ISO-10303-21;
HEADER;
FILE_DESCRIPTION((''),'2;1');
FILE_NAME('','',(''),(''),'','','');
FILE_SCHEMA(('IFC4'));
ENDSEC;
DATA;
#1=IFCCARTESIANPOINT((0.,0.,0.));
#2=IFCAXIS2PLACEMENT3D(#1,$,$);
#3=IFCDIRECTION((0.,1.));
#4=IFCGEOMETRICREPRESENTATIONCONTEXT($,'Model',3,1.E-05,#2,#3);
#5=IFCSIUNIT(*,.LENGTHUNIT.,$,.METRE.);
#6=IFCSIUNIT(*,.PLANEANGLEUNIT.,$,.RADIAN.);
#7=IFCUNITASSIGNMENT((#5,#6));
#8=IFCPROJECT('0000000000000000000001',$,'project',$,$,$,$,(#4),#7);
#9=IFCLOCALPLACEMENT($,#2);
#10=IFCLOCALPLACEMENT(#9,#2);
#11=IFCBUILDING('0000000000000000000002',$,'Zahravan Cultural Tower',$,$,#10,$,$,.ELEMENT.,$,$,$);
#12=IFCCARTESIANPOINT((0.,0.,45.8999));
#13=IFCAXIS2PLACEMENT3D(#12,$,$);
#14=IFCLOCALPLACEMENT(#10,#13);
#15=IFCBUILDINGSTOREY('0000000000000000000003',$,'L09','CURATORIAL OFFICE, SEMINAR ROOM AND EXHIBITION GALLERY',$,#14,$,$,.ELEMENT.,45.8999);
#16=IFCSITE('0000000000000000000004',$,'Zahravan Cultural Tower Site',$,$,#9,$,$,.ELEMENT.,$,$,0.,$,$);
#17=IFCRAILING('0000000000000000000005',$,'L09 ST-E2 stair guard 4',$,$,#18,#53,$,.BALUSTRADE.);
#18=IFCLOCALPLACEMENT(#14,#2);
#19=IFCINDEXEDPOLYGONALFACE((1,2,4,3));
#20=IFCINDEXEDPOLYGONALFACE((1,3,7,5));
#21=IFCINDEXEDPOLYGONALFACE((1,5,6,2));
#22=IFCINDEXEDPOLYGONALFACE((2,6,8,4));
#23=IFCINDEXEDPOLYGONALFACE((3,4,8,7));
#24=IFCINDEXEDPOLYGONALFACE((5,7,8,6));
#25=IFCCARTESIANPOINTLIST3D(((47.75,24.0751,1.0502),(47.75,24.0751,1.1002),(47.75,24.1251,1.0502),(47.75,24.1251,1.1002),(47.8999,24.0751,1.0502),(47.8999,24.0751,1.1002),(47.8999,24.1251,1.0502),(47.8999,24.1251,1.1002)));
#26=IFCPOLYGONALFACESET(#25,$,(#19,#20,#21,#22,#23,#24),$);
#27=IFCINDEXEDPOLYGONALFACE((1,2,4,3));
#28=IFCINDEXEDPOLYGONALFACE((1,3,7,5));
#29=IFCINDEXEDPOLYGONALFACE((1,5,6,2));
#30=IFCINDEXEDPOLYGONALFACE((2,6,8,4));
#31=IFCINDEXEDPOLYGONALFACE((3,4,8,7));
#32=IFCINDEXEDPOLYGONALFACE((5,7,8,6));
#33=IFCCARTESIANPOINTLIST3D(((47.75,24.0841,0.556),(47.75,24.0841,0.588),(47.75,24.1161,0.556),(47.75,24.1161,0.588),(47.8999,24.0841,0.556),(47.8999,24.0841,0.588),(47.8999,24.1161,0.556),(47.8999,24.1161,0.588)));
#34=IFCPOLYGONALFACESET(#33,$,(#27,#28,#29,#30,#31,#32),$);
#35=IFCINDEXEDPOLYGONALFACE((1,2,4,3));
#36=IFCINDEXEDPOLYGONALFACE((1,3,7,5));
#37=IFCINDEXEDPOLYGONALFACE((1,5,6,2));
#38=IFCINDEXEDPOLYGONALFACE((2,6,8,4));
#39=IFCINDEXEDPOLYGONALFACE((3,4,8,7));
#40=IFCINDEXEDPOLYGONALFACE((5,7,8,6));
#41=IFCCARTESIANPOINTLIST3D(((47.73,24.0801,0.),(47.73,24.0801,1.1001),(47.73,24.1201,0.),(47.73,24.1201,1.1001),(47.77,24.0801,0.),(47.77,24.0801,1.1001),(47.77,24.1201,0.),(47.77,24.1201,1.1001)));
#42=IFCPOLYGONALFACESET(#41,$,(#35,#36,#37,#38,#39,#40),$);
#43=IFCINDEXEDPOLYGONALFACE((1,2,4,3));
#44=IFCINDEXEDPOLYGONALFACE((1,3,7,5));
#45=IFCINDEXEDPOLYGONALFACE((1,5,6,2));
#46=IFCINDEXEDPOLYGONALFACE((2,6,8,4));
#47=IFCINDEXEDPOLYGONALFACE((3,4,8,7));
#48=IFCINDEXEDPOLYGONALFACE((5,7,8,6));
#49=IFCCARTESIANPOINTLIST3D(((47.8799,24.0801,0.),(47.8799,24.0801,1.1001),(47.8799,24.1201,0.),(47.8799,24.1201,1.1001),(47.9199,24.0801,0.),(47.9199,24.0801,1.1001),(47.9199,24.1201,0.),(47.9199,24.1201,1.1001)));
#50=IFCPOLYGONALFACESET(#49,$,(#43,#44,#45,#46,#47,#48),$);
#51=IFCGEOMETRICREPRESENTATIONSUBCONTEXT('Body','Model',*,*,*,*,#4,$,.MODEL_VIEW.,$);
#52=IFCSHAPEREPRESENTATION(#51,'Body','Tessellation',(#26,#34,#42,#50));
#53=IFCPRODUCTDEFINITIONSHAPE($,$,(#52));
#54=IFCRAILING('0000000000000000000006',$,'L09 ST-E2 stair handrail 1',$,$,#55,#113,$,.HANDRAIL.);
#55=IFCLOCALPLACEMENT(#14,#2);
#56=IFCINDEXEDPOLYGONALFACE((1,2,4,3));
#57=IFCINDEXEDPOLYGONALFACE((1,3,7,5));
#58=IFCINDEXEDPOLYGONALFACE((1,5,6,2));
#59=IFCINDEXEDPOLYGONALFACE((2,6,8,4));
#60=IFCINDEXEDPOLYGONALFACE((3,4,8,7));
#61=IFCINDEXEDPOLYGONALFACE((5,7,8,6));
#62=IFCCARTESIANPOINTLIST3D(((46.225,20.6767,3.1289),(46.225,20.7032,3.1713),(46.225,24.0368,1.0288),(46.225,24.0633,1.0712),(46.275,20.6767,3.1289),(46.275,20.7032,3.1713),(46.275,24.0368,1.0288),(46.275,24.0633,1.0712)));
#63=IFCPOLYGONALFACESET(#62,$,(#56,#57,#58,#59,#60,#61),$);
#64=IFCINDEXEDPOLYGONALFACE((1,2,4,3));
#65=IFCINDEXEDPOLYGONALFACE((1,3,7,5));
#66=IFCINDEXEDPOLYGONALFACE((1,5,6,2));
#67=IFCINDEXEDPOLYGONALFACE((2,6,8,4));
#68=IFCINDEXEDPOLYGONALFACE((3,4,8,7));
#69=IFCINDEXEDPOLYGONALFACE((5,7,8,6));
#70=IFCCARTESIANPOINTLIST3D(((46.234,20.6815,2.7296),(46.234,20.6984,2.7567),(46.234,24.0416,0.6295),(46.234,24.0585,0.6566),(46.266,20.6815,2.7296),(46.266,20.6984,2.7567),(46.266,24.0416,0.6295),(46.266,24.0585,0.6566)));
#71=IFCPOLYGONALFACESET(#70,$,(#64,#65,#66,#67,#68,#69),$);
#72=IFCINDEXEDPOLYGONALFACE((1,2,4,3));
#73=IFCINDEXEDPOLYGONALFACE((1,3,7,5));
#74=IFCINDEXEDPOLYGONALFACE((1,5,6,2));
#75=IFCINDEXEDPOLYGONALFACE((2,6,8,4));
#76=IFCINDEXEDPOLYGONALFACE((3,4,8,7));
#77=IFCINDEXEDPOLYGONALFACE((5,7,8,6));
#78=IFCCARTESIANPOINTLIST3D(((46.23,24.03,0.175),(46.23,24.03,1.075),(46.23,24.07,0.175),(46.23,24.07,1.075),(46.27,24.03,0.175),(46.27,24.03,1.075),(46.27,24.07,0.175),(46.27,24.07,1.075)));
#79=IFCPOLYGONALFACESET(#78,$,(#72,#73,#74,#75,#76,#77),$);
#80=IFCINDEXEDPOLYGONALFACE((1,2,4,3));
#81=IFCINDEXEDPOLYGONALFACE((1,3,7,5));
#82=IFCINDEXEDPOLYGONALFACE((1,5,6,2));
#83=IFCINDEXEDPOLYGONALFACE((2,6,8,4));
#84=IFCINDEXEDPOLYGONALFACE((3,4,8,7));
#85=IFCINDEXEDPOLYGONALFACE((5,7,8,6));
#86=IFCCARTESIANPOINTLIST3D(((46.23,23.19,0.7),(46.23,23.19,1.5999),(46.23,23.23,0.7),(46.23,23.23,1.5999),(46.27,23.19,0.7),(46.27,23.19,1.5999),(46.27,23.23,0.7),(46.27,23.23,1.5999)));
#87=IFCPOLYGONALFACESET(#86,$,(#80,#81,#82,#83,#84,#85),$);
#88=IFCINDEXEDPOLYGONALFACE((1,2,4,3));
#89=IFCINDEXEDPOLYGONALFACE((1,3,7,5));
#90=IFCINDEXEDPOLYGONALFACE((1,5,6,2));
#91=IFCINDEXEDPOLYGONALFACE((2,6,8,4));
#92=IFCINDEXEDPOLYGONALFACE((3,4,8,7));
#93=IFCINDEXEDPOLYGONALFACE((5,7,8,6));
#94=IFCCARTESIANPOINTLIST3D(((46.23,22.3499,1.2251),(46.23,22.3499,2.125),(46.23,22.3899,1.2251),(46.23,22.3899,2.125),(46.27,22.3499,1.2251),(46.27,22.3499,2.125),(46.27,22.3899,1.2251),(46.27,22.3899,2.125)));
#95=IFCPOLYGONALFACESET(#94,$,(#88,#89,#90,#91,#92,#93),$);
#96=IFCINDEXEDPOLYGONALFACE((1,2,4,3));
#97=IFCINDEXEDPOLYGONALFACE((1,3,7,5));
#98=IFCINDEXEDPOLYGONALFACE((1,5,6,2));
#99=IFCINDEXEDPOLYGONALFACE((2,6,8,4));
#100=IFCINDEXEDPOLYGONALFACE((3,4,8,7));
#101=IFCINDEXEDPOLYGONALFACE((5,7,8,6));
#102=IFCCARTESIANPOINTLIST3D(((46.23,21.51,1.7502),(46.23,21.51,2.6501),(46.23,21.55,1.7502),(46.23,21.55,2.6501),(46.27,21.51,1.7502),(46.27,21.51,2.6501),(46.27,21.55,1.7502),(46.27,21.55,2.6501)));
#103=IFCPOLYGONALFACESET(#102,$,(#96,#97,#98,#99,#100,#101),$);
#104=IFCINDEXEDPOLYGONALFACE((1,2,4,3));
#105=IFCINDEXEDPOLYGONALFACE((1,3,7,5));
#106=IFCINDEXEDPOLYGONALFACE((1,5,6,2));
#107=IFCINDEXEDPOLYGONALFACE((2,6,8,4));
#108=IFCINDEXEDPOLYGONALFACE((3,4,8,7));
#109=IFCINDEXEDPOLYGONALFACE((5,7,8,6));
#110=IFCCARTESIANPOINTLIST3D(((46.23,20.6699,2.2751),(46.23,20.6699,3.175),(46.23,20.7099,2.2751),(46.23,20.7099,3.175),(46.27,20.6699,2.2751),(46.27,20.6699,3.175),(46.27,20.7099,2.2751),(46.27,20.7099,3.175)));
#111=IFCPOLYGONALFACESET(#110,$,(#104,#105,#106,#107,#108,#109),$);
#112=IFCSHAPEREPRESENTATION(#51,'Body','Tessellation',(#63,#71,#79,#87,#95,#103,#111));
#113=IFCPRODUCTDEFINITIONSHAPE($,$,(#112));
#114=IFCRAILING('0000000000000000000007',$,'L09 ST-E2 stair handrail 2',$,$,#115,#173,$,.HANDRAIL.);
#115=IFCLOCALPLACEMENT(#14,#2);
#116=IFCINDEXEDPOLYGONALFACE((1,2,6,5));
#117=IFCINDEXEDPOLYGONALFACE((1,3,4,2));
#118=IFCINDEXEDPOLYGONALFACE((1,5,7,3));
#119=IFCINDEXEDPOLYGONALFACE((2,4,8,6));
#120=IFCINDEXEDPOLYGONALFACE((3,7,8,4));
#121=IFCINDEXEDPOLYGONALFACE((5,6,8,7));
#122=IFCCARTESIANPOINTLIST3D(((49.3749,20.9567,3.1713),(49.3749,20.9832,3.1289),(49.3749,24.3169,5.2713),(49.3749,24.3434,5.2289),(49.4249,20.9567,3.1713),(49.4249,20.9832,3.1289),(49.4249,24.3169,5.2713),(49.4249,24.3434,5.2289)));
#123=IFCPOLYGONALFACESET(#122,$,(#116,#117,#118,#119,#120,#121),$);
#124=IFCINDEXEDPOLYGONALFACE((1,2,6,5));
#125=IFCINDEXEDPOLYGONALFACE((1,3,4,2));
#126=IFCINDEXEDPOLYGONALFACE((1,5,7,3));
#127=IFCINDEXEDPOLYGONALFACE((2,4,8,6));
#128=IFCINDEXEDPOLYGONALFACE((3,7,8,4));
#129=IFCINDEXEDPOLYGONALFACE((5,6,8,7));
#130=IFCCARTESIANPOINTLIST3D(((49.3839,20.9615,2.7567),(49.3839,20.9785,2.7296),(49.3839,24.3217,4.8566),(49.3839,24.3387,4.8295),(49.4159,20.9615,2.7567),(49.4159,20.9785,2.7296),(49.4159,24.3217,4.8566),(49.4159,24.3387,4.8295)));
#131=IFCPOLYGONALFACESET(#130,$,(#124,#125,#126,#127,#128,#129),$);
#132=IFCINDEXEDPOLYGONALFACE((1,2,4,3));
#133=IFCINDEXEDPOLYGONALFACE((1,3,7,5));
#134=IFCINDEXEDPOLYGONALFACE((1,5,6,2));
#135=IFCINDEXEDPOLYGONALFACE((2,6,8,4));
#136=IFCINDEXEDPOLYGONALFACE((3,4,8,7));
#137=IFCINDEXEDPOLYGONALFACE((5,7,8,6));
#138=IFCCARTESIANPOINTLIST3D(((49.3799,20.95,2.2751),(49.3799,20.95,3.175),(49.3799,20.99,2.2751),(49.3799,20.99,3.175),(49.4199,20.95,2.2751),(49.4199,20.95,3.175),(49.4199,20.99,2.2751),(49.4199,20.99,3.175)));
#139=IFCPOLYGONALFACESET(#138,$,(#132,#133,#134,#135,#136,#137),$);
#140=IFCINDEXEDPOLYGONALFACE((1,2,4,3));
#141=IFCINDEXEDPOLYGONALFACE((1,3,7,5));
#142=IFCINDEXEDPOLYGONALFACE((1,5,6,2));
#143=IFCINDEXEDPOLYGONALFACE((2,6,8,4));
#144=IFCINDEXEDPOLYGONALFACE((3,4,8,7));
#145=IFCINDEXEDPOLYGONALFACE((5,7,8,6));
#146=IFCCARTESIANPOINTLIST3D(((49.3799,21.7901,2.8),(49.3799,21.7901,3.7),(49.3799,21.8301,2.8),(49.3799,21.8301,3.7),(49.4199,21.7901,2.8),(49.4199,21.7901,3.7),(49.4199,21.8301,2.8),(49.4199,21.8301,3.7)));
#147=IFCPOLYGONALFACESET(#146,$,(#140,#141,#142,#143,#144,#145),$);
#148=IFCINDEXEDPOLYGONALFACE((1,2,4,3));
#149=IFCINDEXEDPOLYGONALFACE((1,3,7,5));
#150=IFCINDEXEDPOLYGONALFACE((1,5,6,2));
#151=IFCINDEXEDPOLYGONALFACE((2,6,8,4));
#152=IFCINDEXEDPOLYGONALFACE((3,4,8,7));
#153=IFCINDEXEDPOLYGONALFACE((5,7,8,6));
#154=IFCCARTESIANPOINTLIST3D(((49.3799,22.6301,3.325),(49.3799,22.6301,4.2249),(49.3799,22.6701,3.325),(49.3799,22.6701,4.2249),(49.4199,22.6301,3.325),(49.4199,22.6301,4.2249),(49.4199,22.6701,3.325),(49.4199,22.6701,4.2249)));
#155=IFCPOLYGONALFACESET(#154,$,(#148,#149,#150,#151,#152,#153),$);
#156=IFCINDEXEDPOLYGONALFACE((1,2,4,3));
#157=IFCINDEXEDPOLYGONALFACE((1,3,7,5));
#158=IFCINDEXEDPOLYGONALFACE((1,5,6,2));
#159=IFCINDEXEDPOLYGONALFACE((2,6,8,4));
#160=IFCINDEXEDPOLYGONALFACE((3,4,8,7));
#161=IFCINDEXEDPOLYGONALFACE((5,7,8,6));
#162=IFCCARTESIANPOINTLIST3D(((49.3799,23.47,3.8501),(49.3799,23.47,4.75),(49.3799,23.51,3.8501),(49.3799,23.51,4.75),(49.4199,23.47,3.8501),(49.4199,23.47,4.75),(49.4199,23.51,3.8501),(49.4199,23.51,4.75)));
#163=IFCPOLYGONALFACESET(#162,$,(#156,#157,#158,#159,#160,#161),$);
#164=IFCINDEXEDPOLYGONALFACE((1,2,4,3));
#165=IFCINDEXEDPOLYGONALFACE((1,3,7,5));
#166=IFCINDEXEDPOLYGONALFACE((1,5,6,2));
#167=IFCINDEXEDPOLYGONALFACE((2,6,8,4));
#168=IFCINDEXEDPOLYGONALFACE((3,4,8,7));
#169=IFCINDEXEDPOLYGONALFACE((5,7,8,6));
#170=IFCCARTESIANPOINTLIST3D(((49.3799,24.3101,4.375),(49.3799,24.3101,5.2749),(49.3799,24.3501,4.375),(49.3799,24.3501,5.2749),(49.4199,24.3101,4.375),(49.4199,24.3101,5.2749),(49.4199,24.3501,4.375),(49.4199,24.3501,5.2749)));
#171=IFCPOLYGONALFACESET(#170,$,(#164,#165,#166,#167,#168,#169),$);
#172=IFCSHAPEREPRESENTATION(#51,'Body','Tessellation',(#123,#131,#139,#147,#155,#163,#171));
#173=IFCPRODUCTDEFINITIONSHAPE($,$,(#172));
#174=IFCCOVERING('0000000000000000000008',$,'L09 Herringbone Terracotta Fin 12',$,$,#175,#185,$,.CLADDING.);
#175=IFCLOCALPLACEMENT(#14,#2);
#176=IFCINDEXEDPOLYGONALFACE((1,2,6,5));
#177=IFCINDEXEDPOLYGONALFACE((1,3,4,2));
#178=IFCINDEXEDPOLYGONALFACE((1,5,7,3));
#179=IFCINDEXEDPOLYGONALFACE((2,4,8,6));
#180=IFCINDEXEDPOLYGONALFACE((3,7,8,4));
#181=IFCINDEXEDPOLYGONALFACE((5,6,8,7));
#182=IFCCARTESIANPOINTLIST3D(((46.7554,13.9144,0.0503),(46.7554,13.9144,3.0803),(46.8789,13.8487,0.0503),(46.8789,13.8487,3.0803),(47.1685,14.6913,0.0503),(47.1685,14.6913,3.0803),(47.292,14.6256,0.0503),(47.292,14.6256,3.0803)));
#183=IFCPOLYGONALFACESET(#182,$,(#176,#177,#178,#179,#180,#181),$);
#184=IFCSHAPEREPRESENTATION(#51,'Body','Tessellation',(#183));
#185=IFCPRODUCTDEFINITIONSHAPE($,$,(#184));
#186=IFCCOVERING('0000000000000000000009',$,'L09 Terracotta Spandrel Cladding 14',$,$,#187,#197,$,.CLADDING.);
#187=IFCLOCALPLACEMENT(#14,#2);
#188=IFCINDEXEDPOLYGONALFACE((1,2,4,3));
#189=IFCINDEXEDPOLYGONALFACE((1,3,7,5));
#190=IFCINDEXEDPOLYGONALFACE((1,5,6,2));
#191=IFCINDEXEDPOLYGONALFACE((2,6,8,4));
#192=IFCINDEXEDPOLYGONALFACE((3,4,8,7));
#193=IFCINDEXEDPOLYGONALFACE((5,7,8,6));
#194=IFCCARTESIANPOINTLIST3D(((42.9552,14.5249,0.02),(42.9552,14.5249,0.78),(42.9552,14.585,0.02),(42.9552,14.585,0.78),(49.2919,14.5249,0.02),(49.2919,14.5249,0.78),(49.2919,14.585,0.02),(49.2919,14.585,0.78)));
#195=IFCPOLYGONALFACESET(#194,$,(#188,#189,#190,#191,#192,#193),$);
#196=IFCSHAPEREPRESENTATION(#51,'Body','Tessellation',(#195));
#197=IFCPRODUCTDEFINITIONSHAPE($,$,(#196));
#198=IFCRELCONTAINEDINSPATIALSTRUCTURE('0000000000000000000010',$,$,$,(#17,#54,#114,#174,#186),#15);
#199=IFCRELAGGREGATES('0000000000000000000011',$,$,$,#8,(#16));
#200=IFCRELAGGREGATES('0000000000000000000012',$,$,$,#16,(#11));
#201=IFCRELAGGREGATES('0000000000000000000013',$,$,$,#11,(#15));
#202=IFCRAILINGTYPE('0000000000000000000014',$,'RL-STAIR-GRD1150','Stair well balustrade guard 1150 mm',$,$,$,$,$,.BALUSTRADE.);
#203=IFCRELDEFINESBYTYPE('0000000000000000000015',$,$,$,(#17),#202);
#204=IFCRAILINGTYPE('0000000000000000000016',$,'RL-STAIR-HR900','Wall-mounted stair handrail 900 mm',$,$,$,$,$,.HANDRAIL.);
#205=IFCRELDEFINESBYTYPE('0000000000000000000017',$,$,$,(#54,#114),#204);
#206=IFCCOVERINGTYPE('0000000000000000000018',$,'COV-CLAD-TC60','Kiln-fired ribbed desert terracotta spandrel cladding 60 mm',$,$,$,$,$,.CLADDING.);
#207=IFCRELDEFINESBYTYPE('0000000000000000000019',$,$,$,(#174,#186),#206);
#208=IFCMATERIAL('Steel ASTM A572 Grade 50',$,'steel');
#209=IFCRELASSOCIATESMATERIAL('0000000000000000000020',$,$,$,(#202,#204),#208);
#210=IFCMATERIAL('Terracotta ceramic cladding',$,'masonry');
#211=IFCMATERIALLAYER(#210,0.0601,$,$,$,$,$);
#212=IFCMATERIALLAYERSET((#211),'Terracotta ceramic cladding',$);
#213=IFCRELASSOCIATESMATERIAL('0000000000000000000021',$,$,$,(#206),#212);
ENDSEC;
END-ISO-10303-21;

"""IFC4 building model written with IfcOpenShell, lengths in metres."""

from ifc_helpers import new_model, si_unit, direction, frame, origin, origin_2d, place, context, subcontext, project, spatial, rectangle, extrude, source, transform, mapped, material, layer, layer_set, type_object, element, save


model = new_model("IFC4")

# Units and contexts
model_context = context("Model", 3, precision=1e-05, world=origin(), true_north=direction((0.0, 1.0)))
body_context = subcontext(model_context, "Body", "Model", "MODEL_VIEW")
ifc_project = project(units=[si_unit("LENGTHUNIT", "METRE"), si_unit("PLANEANGLEUNIT", "RADIAN")], contexts=[model_context])

# Site, building, storey
site_placement = place(None, origin())
site = spatial("IfcSite", under=ifc_project, at=site_placement, Name="Zahravan Cultural Tower Site", CompositionType="ELEMENT", RefElevation=0.0)
building_placement = place(site_placement, origin())
building = spatial("IfcBuilding", under=site, at=building_placement, Name="Zahravan Cultural Tower", CompositionType="ELEMENT")
storey_placement = place(building_placement, frame((0.0, 0.0, 45.8999)))
storey = spatial("IfcBuildingStorey", under=building, at=storey_placement, Name="L09", Description="CURATORIAL OFFICE, SEMINAR ROOM AND EXHIBITION GALLERY", CompositionType="ELEMENT", Elevation=45.8999)

# Shared definitions
ifc_material_1 = material(Name="Steel ASTM A572 Grade 50", Category="steel")

# Railings
railing_type_1 = type_object("IfcRailingType", Name="RL-STAIR-GRD1150", Description="Stair well balustrade guard 1150 mm", PredefinedType="BALUSTRADE", material=ifc_material_1)
railing_1_placement = place(storey_placement, frame((47.75, 24.1001, 0.0)))
element("IfcRailing", 1, at=railing_1_placement, inside=storey, type_object=railing_type_1, Name="L09 ST-E2 stair guard 4", PredefinedType="BALUSTRADE", context=body_context, shape_type="SweptSolid", body=[
    extrude(rectangle(XDim=0.05, YDim=0.05, at=origin_2d()), frame((0.0, 0.0, 1.0752), z_axis=(1.0, 0.0, 0.0), x_axis=(0.0, 1.0, 0.0)), (0.0, 0.0, 1.0), 0.1499),
    extrude(rectangle(XDim=0.032, YDim=0.032, at=origin_2d()), frame((0.0, 0.0, 0.572), z_axis=(1.0, 0.0, 0.0), x_axis=(0.0, 1.0, 0.0)), (0.0, 0.0, 1.0), 0.1499),
    extrude(rectangle(XDim=0.04, YDim=0.04, at=origin_2d()), origin(), (0.0, 0.0, 1.0), 1.1001),
    extrude(rectangle(XDim=0.04, YDim=0.04, at=origin_2d()), frame((0.1499, 0.0, 0.0)), (0.0, 0.0, 1.0), 1.1001),
])
railing_type_2 = type_object("IfcRailingType", Name="RL-STAIR-HR900", Description="Wall-mounted stair handrail 900 mm", PredefinedType="HANDRAIL", material=ifc_material_1)
railing_2_placement = place(storey_placement, frame((46.25, 24.05, 0.175)))
element("IfcRailing", 2, at=railing_2_placement, inside=storey, type_object=railing_type_2, Name="L09 ST-E2 stair handrail 1", PredefinedType="HANDRAIL", context=body_context, shape_type="SweptSolid", body=[
    extrude(rectangle(XDim=0.05, YDim=0.05, at=origin_2d()), frame((0.0, 0.0, 0.875), z_axis=(0.0, -0.847995, 0.530004), x_axis=(1.0, 0.0, 0.0)), (0.0, 0.0, 1.0), 3.9624),
    extrude(rectangle(XDim=0.032, YDim=0.032, at=origin_2d()), frame((0.0, 0.0, 0.468), z_axis=(0.0, -0.847995, 0.530004), x_axis=(1.0, 0.0, 0.0)), (0.0, 0.0, 1.0), 3.9624),
    extrude(rectangle(XDim=0.04, YDim=0.04, at=origin_2d()), origin(), (0.0, 0.0, 1.0), 0.8999),
    extrude(rectangle(XDim=0.04, YDim=0.04, at=origin_2d()), frame((0.0, -0.8401, 0.5249)), (0.0, 0.0, 1.0), 0.8999),
    extrude(rectangle(XDim=0.04, YDim=0.04, at=origin_2d()), frame((0.0, -1.6802, 1.05)), (0.0, 0.0, 1.0), 0.8999),
    extrude(rectangle(XDim=0.04, YDim=0.04, at=origin_2d()), frame((0.0, -2.52, 1.5752)), (0.0, 0.0, 1.0), 0.8999),
    extrude(rectangle(XDim=0.04, YDim=0.04, at=origin_2d()), frame((0.0, -3.3601, 2.1001)), (0.0, 0.0, 1.0), 0.8999),
])
railing_3_placement = place(storey_placement, frame((49.3999, 20.97, 2.2751)))
element("IfcRailing", 3, at=railing_3_placement, inside=storey, type_object=railing_type_2, Name="L09 ST-E2 stair handrail 2", PredefinedType="HANDRAIL", context=body_context, shape_type="SweptSolid", body=[
    extrude(rectangle(XDim=0.05, YDim=0.05, at=origin_2d()), frame((0.0, 0.0, 0.875), z_axis=(0.0, 0.848023, 0.52996), x_axis=(-1.0, 0.0, 0.0)), (0.0, 0.0, 1.0), 3.9624),
    extrude(rectangle(XDim=0.032, YDim=0.032, at=origin_2d()), frame((0.0, 0.0, 0.468), z_axis=(0.0, 0.848023, 0.52996), x_axis=(-1.0, 0.0, 0.0)), (0.0, 0.0, 1.0), 3.9624),
    extrude(rectangle(XDim=0.04, YDim=0.04, at=origin_2d()), origin(), (0.0, 0.0, 1.0), 0.8999),
    extrude(rectangle(XDim=0.04, YDim=0.04, at=origin_2d()), frame((0.0, 0.8401, 0.5249)), (0.0, 0.0, 1.0), 0.8999),
    extrude(rectangle(XDim=0.04, YDim=0.04, at=origin_2d()), frame((0.0, 1.6802, 1.0498)), (0.0, 0.0, 1.0), 0.8999),
    extrude(rectangle(XDim=0.04, YDim=0.04, at=origin_2d()), frame((0.0, 2.52, 1.575)), (0.0, 0.0, 1.0), 0.8999),
    extrude(rectangle(XDim=0.04, YDim=0.04, at=origin_2d()), frame((0.0, 3.3601, 2.0999)), (0.0, 0.0, 1.0), 0.8999),
])

# Coverings
ifc_material_2 = material(Name="Terracotta ceramic cladding", Category="masonry")
ifc_layer_1 = layer(ifc_material_2, 0.0601)
ifc_layer_set_1 = layer_set([ifc_layer_1], Name="Terracotta ceramic cladding")
covering_type = type_object("IfcCoveringType", Name="COV-CLAD-TC60", Description="Kiln-fired ribbed desert terracotta spandrel cladding 60 mm", PredefinedType="CLADDING", material=ifc_layer_set_1)
shared_shape_1 = source(origin(), body_context, "Body", "SweptSolid", [
    extrude(rectangle(XDim=0.8799, YDim=0.1399, at=origin_2d()), origin(), (0.0, 0.0, 1.0), 3.03),
])
covering_1_placement = place(storey_placement, frame((47.0237, 14.27, 0.0503), z_axis=(0.0, 0.0, 1.0), x_axis=(-0.469472, -0.882948, 0.0)))
element("IfcCovering", 4, at=covering_1_placement, inside=storey, type_object=covering_type, Name="L09 Herringbone Terracotta Fin 12", PredefinedType="CLADDING", context=body_context, shape_type="MappedRepresentation", body=[
    mapped(shared_shape_1, transform((0.0, 0.0, 0.0), x_axis=(1.0, 0.0, 0.0), y_axis=(0.0, 1.0, 0.0), z_axis=(0.0, 0.0, 1.0), scale=1.0)),
])
shared_shape_2 = source(origin(), body_context, "Body", "SweptSolid", [
    extrude(rectangle(XDim=6.3367, YDim=0.0601, at=origin_2d()), origin(), (0.0, 0.0, 1.0), 0.76),
])
covering_2_placement = place(storey_placement, frame((46.1235, 14.5549, 0.02), z_axis=(0.0, 0.0, 1.0), x_axis=(-1.0, 0.0, 0.0)))
element("IfcCovering", 5, at=covering_2_placement, inside=storey, type_object=covering_type, Name="L09 Terracotta Spandrel Cladding 14", PredefinedType="CLADDING", context=body_context, shape_type="MappedRepresentation", body=[
    mapped(shared_shape_2, transform((0.0, 0.0, 0.0), x_axis=(1.0, 0.0, 0.0), y_axis=(0.0, 1.0, 0.0), z_axis=(0.0, 0.0, 1.0), scale=1.0)),
])

save(model, "model.ifc")
